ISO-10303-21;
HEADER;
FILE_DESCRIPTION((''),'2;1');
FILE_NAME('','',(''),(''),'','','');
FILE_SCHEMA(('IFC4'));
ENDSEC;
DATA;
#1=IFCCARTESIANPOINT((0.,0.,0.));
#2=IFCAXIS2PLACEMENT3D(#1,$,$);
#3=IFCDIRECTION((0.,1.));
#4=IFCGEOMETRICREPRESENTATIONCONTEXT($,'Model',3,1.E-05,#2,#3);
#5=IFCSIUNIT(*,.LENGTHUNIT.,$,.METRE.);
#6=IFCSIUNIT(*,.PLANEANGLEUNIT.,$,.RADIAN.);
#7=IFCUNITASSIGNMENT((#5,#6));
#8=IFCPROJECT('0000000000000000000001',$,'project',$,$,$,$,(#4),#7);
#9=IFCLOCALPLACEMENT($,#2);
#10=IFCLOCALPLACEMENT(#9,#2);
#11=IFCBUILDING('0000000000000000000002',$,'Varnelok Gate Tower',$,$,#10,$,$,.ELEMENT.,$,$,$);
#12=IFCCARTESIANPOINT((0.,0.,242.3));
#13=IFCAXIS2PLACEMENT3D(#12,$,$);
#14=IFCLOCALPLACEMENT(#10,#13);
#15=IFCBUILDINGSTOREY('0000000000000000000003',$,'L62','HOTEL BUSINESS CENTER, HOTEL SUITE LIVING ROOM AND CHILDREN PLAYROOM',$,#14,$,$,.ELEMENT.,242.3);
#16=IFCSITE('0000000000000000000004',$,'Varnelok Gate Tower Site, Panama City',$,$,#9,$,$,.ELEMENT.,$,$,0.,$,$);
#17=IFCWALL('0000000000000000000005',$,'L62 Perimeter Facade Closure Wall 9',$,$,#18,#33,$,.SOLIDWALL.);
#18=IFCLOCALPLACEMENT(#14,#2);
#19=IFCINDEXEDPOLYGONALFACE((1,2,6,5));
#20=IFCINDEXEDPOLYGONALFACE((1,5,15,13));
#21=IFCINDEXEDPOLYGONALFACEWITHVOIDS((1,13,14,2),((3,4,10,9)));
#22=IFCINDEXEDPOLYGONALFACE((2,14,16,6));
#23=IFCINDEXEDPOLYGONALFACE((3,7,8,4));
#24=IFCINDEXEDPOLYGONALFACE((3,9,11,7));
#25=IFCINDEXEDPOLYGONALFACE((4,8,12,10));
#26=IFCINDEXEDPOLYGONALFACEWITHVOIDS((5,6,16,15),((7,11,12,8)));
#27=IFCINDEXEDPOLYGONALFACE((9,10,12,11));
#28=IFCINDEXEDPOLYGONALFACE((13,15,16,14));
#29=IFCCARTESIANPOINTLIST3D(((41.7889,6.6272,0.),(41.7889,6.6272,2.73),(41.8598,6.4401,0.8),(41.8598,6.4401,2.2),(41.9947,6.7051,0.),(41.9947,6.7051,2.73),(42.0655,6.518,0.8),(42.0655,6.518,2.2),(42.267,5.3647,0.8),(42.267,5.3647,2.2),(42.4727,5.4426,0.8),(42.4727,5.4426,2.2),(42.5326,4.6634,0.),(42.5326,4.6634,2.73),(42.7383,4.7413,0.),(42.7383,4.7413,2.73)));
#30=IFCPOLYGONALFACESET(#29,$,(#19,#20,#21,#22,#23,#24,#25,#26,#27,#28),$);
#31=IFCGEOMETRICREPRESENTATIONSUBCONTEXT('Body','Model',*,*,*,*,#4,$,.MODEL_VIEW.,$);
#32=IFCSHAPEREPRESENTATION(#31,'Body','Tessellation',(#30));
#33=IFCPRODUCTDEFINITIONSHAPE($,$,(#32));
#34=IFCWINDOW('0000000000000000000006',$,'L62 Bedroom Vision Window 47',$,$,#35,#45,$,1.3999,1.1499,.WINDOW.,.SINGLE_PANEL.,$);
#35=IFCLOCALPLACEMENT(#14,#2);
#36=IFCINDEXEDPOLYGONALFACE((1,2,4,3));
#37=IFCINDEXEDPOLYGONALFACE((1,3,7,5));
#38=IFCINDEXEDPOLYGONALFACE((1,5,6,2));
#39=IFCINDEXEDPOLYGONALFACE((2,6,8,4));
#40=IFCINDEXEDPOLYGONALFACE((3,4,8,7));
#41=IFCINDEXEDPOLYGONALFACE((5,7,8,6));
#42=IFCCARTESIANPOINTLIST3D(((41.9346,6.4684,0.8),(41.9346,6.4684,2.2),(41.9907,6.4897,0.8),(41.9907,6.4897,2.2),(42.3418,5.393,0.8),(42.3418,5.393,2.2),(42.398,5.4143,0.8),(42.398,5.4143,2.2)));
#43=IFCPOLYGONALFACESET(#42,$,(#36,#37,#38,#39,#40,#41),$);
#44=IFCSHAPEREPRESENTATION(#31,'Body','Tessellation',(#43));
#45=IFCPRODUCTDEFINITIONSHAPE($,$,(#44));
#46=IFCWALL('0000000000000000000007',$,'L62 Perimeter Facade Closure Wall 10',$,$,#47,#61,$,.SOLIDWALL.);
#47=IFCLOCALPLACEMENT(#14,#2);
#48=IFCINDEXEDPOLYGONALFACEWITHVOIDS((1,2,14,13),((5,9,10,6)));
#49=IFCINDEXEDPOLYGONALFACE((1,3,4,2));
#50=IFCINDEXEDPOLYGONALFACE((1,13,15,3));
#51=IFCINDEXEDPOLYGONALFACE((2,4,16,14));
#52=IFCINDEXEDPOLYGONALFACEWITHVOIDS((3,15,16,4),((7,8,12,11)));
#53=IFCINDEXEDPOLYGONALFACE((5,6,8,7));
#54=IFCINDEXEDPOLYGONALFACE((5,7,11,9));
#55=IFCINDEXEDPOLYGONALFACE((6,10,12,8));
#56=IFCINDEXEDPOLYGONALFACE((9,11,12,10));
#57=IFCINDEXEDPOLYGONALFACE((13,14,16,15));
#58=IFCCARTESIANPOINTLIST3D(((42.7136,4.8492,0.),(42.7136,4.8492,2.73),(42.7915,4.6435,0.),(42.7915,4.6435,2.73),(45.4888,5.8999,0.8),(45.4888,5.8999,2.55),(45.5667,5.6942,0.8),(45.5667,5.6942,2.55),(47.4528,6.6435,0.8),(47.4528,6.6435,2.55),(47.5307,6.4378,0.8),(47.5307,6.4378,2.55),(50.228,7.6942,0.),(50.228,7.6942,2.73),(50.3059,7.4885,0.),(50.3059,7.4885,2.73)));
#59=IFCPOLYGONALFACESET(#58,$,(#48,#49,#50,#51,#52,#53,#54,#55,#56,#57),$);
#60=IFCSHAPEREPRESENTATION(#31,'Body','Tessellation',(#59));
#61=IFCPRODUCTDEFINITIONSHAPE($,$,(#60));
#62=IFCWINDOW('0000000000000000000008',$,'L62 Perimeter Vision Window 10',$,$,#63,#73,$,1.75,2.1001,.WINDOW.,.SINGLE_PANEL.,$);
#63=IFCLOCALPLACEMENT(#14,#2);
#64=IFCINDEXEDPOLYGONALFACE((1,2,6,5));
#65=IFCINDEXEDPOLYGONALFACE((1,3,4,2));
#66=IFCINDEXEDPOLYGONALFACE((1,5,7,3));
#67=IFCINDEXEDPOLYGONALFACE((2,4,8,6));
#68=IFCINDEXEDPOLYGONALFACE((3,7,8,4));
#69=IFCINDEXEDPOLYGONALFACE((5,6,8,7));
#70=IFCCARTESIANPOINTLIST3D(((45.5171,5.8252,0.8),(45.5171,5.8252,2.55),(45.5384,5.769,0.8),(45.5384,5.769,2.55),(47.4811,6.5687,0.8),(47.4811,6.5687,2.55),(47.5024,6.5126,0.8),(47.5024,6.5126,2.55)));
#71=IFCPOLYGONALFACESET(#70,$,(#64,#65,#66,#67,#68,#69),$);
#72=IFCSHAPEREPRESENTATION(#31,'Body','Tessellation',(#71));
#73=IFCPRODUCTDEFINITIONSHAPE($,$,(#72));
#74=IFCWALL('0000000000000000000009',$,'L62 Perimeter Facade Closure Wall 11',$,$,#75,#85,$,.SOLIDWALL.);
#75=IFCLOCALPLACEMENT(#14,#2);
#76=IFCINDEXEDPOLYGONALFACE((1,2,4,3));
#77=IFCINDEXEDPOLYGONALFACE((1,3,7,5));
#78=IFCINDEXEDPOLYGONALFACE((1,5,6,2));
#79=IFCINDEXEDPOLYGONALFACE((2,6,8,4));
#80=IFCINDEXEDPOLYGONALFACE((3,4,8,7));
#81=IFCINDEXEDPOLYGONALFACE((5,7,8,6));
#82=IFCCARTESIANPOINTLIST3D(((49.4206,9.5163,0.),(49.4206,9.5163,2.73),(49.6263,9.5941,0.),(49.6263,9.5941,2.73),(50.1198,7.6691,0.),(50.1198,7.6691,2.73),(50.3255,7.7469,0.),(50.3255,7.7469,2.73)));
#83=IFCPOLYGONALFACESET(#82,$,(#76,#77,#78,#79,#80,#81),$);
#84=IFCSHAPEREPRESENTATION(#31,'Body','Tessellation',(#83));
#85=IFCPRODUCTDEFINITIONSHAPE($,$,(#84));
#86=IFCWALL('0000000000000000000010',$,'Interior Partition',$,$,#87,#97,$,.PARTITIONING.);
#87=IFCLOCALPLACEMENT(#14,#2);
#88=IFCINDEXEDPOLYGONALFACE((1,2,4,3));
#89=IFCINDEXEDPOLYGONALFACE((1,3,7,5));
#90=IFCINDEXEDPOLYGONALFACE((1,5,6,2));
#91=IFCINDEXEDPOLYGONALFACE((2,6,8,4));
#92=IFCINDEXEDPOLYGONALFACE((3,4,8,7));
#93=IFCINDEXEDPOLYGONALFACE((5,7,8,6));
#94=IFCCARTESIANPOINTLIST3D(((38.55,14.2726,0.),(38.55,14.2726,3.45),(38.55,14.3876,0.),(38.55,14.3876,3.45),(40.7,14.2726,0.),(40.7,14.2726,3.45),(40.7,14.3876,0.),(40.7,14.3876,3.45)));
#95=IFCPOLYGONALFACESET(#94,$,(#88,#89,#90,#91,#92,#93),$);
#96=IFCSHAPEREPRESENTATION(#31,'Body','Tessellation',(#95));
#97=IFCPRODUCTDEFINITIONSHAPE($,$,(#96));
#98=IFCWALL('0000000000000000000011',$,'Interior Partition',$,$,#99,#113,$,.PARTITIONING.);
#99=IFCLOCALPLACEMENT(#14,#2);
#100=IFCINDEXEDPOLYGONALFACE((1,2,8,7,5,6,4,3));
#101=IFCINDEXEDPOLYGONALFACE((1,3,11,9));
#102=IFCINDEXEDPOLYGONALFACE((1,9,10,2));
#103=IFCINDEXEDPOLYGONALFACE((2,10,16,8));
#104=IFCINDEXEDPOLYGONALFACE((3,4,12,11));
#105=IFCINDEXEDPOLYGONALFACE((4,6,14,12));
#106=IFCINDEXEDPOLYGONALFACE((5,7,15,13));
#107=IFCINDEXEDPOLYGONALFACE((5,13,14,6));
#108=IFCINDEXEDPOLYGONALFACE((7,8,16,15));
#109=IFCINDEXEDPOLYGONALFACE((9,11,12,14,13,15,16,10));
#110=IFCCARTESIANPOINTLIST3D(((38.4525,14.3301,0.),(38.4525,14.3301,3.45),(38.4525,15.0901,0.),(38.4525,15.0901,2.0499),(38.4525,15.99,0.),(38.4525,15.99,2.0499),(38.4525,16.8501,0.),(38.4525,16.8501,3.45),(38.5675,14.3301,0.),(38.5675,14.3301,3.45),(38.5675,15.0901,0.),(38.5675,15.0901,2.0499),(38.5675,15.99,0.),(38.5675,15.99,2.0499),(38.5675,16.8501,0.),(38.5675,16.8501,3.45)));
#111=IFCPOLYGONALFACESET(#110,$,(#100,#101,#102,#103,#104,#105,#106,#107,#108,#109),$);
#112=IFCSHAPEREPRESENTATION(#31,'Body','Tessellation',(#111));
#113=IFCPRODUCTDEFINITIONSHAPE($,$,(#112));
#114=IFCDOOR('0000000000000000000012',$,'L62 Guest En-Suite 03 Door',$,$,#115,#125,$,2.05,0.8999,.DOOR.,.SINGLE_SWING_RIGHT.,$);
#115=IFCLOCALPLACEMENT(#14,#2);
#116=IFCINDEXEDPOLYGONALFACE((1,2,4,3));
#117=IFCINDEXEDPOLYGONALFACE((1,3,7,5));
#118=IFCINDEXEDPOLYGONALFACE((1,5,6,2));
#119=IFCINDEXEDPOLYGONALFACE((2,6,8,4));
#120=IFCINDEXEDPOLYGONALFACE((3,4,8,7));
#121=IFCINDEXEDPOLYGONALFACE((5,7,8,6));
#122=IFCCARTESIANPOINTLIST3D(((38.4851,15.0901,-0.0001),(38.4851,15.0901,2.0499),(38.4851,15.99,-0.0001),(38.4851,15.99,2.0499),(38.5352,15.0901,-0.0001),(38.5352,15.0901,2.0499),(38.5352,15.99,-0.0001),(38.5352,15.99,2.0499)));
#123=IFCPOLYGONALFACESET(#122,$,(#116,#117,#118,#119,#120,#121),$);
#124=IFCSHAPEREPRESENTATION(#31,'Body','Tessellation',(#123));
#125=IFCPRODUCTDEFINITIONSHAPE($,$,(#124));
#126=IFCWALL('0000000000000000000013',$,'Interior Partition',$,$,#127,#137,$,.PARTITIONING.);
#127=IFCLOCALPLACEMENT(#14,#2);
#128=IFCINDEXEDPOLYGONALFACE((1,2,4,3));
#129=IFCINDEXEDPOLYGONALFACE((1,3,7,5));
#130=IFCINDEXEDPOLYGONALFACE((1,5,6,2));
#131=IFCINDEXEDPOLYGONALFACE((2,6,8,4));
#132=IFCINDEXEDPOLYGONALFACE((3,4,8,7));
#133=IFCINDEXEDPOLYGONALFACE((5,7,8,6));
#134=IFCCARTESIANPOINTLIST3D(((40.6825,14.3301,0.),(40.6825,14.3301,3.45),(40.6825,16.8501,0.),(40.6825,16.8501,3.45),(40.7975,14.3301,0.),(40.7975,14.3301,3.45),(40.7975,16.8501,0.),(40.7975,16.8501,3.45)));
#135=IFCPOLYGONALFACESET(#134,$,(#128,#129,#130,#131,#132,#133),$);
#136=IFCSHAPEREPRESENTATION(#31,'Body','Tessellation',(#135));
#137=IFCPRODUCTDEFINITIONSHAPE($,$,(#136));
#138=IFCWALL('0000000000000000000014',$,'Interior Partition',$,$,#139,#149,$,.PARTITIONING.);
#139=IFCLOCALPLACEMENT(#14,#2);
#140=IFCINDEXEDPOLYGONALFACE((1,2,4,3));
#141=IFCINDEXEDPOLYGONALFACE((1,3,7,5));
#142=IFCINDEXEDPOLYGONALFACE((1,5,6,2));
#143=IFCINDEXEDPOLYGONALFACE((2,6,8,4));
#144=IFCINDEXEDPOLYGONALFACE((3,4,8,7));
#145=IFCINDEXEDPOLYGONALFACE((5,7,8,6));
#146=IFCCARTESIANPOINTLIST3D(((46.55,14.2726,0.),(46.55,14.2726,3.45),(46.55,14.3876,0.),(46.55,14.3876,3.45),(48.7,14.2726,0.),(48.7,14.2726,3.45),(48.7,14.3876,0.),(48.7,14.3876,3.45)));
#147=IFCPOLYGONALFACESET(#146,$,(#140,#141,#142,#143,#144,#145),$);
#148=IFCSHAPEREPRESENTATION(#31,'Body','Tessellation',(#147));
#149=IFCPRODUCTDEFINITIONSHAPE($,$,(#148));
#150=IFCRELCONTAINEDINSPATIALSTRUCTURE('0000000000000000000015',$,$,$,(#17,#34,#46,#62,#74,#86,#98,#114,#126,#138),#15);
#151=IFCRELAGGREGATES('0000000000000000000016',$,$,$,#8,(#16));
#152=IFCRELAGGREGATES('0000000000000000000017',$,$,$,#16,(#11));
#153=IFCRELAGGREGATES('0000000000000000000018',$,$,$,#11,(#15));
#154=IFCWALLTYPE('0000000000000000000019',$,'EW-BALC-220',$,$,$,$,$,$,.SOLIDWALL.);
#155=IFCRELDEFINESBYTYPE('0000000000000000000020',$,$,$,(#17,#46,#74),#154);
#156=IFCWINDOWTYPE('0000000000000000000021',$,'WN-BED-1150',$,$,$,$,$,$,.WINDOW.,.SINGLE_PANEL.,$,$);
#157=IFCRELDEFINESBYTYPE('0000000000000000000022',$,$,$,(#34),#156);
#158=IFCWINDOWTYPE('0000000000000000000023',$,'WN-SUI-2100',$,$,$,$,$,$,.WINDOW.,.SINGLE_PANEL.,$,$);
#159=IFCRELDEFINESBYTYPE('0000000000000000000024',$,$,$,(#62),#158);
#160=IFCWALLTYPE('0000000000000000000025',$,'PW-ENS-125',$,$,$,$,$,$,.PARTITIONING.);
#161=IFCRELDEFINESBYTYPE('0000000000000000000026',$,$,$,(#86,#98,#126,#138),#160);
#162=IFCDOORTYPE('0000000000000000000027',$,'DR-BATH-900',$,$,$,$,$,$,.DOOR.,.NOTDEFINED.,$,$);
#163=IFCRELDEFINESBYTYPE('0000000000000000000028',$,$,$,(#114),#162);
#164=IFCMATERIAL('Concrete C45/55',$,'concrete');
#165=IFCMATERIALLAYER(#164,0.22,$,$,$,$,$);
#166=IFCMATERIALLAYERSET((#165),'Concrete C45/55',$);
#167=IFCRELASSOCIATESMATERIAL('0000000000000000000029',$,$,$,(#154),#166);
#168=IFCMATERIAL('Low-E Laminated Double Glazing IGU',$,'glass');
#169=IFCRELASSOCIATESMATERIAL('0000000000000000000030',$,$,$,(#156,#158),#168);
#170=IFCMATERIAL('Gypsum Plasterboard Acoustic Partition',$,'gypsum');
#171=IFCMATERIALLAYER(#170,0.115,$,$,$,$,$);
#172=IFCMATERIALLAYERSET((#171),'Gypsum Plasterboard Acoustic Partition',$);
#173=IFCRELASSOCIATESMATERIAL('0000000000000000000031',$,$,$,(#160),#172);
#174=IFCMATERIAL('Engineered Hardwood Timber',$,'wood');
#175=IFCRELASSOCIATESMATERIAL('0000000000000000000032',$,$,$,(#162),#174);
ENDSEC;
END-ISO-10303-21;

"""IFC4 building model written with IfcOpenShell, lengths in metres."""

from ifc_helpers import new_model, si_unit, direction, frame, frame_2d, origin, place, context, subcontext, project, spatial, rectangle, extrude, material, layer, layer_set, type_object, element, fill, save


model = new_model("IFC4")

# Units and contexts
model_context = context("Model", 3, precision=1e-05, world=origin(), true_north=direction((0.0, 1.0)))
body_context = subcontext(model_context, "Body", "Model", "MODEL_VIEW")
ifc_project = project(units=[si_unit("LENGTHUNIT", "METRE"), si_unit("PLANEANGLEUNIT", "RADIAN")], contexts=[model_context])

# Site, building, storey
site_placement = place(None, origin())
site = spatial("IfcSite", under=ifc_project, at=site_placement, Name="Varnelok Gate Tower Site, Panama City", CompositionType="ELEMENT", RefElevation=0.0)
building_placement = place(site_placement, origin())
building = spatial("IfcBuilding", under=site, at=building_placement, Name="Varnelok Gate Tower", CompositionType="ELEMENT")
storey_placement = place(building_placement, frame((0.0, 0.0, 242.3)))
storey = spatial("IfcBuildingStorey", under=building, at=storey_placement, Name="L62", Description="HOTEL BUSINESS CENTER, HOTEL SUITE LIVING ROOM AND CHILDREN PLAYROOM", CompositionType="ELEMENT", Elevation=242.3)

# Shared definitions
ifc_material_1 = material(Name="Concrete C45/55", Category="concrete")
ifc_layer_1 = layer(ifc_material_1, 0.22)
ifc_layer_set_1 = layer_set([ifc_layer_1], Name="Concrete C45/55")
wall_type_1 = type_object("IfcWallType", Name="EW-BALC-220", PredefinedType="SOLIDWALL", material=ifc_layer_set_1)

# Walls, openings, windows
wall_1_placement = place(storey_placement, frame((41.8918, 6.666, 0.0), z_axis=(0.0, 0.0, 1.0), x_axis=(0.354128, -0.935197, 0.0)))
wall_1 = element("IfcWall", 1, at=wall_1_placement, inside=storey, type_object=wall_type_1, Name="L62 Perimeter Facade Closure Wall 9", PredefinedType="SOLIDWALL", context=body_context, shape_type="SweptSolid", body=[
    extrude(rectangle(XDim=2.0999, YDim=0.22, at=frame_2d((1.0498, 0.0))), origin(), (0.0, 0.0, 1.0), 2.73),
])
opening_1_placement = place(wall_1_placement, frame((0.2, 0.0, 0.8)))
opening_1 = element("IfcOpeningElement", 2, at=opening_1_placement, cuts=wall_1, PredefinedType="OPENING", context=body_context, shape_type="SweptSolid", body=[
    extrude(rectangle(XDim=1.1499, YDim=1.3999, at=frame_2d((0.575, 0.7))), frame((0.0, 0.1199, 0.0), z_axis=(0.0, -1.0, 0.0), x_axis=(1.0, 0.0, 0.0)), (0.0, 0.0, 1.0), 0.24),
])
ifc_material_2 = material(Name="Low-E Laminated Double Glazing IGU", Category="glass")
window_type_1 = type_object("IfcWindowType", Name="WN-BED-1150", PartitioningType="SINGLE_PANEL", PredefinedType="WINDOW", material=ifc_material_2)
window_1_placement = place(opening_1_placement, origin())
window_1 = element("IfcWindow", 3, at=window_1_placement, inside=storey, type_object=window_type_1, Name="L62 Bedroom Vision Window 47", OverallHeight=1.3999, OverallWidth=1.1499, PartitioningType="SINGLE_PANEL", PredefinedType="WINDOW", context=body_context, shape_type="SweptSolid", body=[
    extrude(rectangle(XDim=1.1499, YDim=1.3999, at=frame_2d((0.575, 0.7))), frame((0.0, 0.03, 0.0), z_axis=(0.0, -1.0, 0.0), x_axis=(1.0, 0.0, 0.0)), (0.0, 0.0, 1.0), 0.0601),
])
fill(opening_1, window_1)
wall_2_placement = place(storey_placement, frame((42.7524, 4.7463, 0.0), z_axis=(0.0, 0.0, 1.0), x_axis=(0.935217, 0.354075, 0.0)))
wall_2 = element("IfcWall", 4, at=wall_2_placement, inside=storey, type_object=wall_type_1, Name="L62 Perimeter Facade Closure Wall 10", PredefinedType="SOLIDWALL", context=body_context, shape_type="SweptSolid", body=[
    extrude(rectangle(XDim=8.0349, YDim=0.22, at=frame_2d((4.0176, 0.0))), origin(), (0.0, 0.0, 1.0), 2.73),
])
opening_2_placement = place(wall_2_placement, frame((2.9675, 0.0, 0.8)))
opening_2 = element("IfcOpeningElement", 5, at=opening_2_placement, cuts=wall_2, PredefinedType="OPENING", context=body_context, shape_type="SweptSolid", body=[
    extrude(rectangle(XDim=2.1001, YDim=1.75, at=frame_2d((1.05, 0.875))), frame((0.0, 0.1199, 0.0), z_axis=(0.0, -1.0, 0.0), x_axis=(1.0, 0.0, 0.0)), (0.0, 0.0, 1.0), 0.24),
])
window_type_2 = type_object("IfcWindowType", Name="WN-SUI-2100", PartitioningType="SINGLE_PANEL", PredefinedType="WINDOW", material=ifc_material_2)
window_2_placement = place(opening_2_placement, origin())
window_2 = element("IfcWindow", 6, at=window_2_placement, inside=storey, type_object=window_type_2, Name="L62 Perimeter Vision Window 10", OverallHeight=1.75, OverallWidth=2.1001, PartitioningType="SINGLE_PANEL", PredefinedType="WINDOW", context=body_context, shape_type="SweptSolid", body=[
    extrude(rectangle(XDim=2.1001, YDim=1.75, at=frame_2d((1.05, 0.875))), frame((0.0, 0.03, 0.0), z_axis=(0.0, -1.0, 0.0), x_axis=(1.0, 0.0, 0.0)), (0.0, 0.0, 1.0), 0.0601),
])
fill(opening_2, window_2)

# Walls
wall_3_placement = place(storey_placement, frame((50.2227, 7.708, 0.0), z_axis=(0.0, 0.0, 1.0), x_axis=(-0.354021, 0.935238, 0.0)))
element("IfcWall", 7, at=wall_3_placement, inside=storey, type_object=wall_type_1, Name="L62 Perimeter Facade Closure Wall 11", PredefinedType="SOLIDWALL", context=body_context, shape_type="SweptSolid", body=[
    extrude(rectangle(XDim=1.9751, YDim=0.22, at=frame_2d((0.9875, 0.0))), origin(), (0.0, 0.0, 1.0), 2.73),
])
ifc_material_3 = material(Name="Gypsum Plasterboard Acoustic Partition", Category="gypsum")
ifc_layer_2 = layer(ifc_material_3, 0.115)
ifc_layer_set_2 = layer_set([ifc_layer_2], Name="Gypsum Plasterboard Acoustic Partition")
wall_type_2 = type_object("IfcWallType", Name="PW-ENS-125", PredefinedType="PARTITIONING", material=ifc_layer_set_2)
wall_4_placement = place(storey_placement, frame((38.55, 14.3301, 0.0), z_axis=(0.0, 0.0, 1.0), x_axis=(1.0, 0.0, 0.0)))
element("IfcWall", 8, at=wall_4_placement, inside=storey, type_object=wall_type_2, Name="Interior Partition", PredefinedType="PARTITIONING", context=body_context, shape_type="SweptSolid", body=[
    extrude(rectangle(XDim=2.1499, YDim=0.115, at=frame_2d((1.075, 0.0))), origin(), (0.0, 0.0, 1.0), 3.45),
])

# Wall, opening, door
wall_5_placement = place(storey_placement, frame((38.51, 14.3301, 0.0), z_axis=(0.0, 0.0, 1.0), x_axis=(0.0, 1.0, 0.0)))
wall_5 = element("IfcWall", 9, at=wall_5_placement, inside=storey, type_object=wall_type_2, Name="Interior Partition", PredefinedType="PARTITIONING", context=body_context, shape_type="SweptSolid", body=[
    extrude(rectangle(XDim=2.52, YDim=0.115, at=frame_2d((1.26, 0.0))), origin(), (0.0, 0.0, 1.0), 3.45),
])
opening_3_placement = place(wall_5_placement, frame((0.76, 0.0, 0.0)))
opening_3 = element("IfcOpeningElement", 10, at=opening_3_placement, cuts=wall_5, PredefinedType="OPENING", context=body_context, shape_type="SweptSolid", body=[
    extrude(rectangle(XDim=0.8999, YDim=2.05, at=frame_2d((0.45, 1.0249))), frame((0.0, 0.0674, 0.0), z_axis=(0.0, -1.0, 0.0), x_axis=(1.0, 0.0, 0.0)), (0.0, 0.0, 1.0), 0.135),
])
ifc_material_4 = material(Name="Engineered Hardwood Timber", Category="wood")
door_type_1 = type_object("IfcDoorType", Name="DR-BATH-900", OperationType="NOTDEFINED", PredefinedType="DOOR", material=ifc_material_4)
door_1_placement = place(opening_3_placement, origin())
door_1 = element("IfcDoor", 11, at=door_1_placement, inside=storey, type_object=door_type_1, Name="L62 Guest En-Suite 03 Door", OperationType="SINGLE_SWING_RIGHT", OverallHeight=2.05, OverallWidth=0.8999, PredefinedType="DOOR", context=body_context, shape_type="SweptSolid", body=[
    extrude(rectangle(XDim=0.8999, YDim=2.05, at=frame_2d((0.45, 1.0249))), frame((0.0, 0.0249, 0.0), z_axis=(0.0, -1.0, 0.0), x_axis=(1.0, 0.0, 0.0)), (0.0, 0.0, 1.0), 0.05),
])
fill(opening_3, door_1)

# Walls
wall_6_placement = place(storey_placement, frame((40.74, 14.3301, 0.0), z_axis=(0.0, 0.0, 1.0), x_axis=(0.0, 1.0, 0.0)))
element("IfcWall", 12, at=wall_6_placement, inside=storey, type_object=wall_type_2, Name="Interior Partition", PredefinedType="PARTITIONING", context=body_context, shape_type="SweptSolid", body=[
    extrude(rectangle(XDim=2.52, YDim=0.115, at=frame_2d((1.26, 0.0))), origin(), (0.0, 0.0, 1.0), 3.45),
])
wall_7_placement = place(storey_placement, frame((46.55, 14.3301, 0.0), z_axis=(0.0, 0.0, 1.0), x_axis=(1.0, 0.0, 0.0)))
element("IfcWall", 13, at=wall_7_placement, inside=storey, type_object=wall_type_2, Name="Interior Partition", PredefinedType="PARTITIONING", context=body_context, shape_type="SweptSolid", body=[
    extrude(rectangle(XDim=2.1499, YDim=0.115, at=frame_2d((1.075, 0.0))), origin(), (0.0, 0.0, 1.0), 3.45),
])

save(model, "model.ifc")
